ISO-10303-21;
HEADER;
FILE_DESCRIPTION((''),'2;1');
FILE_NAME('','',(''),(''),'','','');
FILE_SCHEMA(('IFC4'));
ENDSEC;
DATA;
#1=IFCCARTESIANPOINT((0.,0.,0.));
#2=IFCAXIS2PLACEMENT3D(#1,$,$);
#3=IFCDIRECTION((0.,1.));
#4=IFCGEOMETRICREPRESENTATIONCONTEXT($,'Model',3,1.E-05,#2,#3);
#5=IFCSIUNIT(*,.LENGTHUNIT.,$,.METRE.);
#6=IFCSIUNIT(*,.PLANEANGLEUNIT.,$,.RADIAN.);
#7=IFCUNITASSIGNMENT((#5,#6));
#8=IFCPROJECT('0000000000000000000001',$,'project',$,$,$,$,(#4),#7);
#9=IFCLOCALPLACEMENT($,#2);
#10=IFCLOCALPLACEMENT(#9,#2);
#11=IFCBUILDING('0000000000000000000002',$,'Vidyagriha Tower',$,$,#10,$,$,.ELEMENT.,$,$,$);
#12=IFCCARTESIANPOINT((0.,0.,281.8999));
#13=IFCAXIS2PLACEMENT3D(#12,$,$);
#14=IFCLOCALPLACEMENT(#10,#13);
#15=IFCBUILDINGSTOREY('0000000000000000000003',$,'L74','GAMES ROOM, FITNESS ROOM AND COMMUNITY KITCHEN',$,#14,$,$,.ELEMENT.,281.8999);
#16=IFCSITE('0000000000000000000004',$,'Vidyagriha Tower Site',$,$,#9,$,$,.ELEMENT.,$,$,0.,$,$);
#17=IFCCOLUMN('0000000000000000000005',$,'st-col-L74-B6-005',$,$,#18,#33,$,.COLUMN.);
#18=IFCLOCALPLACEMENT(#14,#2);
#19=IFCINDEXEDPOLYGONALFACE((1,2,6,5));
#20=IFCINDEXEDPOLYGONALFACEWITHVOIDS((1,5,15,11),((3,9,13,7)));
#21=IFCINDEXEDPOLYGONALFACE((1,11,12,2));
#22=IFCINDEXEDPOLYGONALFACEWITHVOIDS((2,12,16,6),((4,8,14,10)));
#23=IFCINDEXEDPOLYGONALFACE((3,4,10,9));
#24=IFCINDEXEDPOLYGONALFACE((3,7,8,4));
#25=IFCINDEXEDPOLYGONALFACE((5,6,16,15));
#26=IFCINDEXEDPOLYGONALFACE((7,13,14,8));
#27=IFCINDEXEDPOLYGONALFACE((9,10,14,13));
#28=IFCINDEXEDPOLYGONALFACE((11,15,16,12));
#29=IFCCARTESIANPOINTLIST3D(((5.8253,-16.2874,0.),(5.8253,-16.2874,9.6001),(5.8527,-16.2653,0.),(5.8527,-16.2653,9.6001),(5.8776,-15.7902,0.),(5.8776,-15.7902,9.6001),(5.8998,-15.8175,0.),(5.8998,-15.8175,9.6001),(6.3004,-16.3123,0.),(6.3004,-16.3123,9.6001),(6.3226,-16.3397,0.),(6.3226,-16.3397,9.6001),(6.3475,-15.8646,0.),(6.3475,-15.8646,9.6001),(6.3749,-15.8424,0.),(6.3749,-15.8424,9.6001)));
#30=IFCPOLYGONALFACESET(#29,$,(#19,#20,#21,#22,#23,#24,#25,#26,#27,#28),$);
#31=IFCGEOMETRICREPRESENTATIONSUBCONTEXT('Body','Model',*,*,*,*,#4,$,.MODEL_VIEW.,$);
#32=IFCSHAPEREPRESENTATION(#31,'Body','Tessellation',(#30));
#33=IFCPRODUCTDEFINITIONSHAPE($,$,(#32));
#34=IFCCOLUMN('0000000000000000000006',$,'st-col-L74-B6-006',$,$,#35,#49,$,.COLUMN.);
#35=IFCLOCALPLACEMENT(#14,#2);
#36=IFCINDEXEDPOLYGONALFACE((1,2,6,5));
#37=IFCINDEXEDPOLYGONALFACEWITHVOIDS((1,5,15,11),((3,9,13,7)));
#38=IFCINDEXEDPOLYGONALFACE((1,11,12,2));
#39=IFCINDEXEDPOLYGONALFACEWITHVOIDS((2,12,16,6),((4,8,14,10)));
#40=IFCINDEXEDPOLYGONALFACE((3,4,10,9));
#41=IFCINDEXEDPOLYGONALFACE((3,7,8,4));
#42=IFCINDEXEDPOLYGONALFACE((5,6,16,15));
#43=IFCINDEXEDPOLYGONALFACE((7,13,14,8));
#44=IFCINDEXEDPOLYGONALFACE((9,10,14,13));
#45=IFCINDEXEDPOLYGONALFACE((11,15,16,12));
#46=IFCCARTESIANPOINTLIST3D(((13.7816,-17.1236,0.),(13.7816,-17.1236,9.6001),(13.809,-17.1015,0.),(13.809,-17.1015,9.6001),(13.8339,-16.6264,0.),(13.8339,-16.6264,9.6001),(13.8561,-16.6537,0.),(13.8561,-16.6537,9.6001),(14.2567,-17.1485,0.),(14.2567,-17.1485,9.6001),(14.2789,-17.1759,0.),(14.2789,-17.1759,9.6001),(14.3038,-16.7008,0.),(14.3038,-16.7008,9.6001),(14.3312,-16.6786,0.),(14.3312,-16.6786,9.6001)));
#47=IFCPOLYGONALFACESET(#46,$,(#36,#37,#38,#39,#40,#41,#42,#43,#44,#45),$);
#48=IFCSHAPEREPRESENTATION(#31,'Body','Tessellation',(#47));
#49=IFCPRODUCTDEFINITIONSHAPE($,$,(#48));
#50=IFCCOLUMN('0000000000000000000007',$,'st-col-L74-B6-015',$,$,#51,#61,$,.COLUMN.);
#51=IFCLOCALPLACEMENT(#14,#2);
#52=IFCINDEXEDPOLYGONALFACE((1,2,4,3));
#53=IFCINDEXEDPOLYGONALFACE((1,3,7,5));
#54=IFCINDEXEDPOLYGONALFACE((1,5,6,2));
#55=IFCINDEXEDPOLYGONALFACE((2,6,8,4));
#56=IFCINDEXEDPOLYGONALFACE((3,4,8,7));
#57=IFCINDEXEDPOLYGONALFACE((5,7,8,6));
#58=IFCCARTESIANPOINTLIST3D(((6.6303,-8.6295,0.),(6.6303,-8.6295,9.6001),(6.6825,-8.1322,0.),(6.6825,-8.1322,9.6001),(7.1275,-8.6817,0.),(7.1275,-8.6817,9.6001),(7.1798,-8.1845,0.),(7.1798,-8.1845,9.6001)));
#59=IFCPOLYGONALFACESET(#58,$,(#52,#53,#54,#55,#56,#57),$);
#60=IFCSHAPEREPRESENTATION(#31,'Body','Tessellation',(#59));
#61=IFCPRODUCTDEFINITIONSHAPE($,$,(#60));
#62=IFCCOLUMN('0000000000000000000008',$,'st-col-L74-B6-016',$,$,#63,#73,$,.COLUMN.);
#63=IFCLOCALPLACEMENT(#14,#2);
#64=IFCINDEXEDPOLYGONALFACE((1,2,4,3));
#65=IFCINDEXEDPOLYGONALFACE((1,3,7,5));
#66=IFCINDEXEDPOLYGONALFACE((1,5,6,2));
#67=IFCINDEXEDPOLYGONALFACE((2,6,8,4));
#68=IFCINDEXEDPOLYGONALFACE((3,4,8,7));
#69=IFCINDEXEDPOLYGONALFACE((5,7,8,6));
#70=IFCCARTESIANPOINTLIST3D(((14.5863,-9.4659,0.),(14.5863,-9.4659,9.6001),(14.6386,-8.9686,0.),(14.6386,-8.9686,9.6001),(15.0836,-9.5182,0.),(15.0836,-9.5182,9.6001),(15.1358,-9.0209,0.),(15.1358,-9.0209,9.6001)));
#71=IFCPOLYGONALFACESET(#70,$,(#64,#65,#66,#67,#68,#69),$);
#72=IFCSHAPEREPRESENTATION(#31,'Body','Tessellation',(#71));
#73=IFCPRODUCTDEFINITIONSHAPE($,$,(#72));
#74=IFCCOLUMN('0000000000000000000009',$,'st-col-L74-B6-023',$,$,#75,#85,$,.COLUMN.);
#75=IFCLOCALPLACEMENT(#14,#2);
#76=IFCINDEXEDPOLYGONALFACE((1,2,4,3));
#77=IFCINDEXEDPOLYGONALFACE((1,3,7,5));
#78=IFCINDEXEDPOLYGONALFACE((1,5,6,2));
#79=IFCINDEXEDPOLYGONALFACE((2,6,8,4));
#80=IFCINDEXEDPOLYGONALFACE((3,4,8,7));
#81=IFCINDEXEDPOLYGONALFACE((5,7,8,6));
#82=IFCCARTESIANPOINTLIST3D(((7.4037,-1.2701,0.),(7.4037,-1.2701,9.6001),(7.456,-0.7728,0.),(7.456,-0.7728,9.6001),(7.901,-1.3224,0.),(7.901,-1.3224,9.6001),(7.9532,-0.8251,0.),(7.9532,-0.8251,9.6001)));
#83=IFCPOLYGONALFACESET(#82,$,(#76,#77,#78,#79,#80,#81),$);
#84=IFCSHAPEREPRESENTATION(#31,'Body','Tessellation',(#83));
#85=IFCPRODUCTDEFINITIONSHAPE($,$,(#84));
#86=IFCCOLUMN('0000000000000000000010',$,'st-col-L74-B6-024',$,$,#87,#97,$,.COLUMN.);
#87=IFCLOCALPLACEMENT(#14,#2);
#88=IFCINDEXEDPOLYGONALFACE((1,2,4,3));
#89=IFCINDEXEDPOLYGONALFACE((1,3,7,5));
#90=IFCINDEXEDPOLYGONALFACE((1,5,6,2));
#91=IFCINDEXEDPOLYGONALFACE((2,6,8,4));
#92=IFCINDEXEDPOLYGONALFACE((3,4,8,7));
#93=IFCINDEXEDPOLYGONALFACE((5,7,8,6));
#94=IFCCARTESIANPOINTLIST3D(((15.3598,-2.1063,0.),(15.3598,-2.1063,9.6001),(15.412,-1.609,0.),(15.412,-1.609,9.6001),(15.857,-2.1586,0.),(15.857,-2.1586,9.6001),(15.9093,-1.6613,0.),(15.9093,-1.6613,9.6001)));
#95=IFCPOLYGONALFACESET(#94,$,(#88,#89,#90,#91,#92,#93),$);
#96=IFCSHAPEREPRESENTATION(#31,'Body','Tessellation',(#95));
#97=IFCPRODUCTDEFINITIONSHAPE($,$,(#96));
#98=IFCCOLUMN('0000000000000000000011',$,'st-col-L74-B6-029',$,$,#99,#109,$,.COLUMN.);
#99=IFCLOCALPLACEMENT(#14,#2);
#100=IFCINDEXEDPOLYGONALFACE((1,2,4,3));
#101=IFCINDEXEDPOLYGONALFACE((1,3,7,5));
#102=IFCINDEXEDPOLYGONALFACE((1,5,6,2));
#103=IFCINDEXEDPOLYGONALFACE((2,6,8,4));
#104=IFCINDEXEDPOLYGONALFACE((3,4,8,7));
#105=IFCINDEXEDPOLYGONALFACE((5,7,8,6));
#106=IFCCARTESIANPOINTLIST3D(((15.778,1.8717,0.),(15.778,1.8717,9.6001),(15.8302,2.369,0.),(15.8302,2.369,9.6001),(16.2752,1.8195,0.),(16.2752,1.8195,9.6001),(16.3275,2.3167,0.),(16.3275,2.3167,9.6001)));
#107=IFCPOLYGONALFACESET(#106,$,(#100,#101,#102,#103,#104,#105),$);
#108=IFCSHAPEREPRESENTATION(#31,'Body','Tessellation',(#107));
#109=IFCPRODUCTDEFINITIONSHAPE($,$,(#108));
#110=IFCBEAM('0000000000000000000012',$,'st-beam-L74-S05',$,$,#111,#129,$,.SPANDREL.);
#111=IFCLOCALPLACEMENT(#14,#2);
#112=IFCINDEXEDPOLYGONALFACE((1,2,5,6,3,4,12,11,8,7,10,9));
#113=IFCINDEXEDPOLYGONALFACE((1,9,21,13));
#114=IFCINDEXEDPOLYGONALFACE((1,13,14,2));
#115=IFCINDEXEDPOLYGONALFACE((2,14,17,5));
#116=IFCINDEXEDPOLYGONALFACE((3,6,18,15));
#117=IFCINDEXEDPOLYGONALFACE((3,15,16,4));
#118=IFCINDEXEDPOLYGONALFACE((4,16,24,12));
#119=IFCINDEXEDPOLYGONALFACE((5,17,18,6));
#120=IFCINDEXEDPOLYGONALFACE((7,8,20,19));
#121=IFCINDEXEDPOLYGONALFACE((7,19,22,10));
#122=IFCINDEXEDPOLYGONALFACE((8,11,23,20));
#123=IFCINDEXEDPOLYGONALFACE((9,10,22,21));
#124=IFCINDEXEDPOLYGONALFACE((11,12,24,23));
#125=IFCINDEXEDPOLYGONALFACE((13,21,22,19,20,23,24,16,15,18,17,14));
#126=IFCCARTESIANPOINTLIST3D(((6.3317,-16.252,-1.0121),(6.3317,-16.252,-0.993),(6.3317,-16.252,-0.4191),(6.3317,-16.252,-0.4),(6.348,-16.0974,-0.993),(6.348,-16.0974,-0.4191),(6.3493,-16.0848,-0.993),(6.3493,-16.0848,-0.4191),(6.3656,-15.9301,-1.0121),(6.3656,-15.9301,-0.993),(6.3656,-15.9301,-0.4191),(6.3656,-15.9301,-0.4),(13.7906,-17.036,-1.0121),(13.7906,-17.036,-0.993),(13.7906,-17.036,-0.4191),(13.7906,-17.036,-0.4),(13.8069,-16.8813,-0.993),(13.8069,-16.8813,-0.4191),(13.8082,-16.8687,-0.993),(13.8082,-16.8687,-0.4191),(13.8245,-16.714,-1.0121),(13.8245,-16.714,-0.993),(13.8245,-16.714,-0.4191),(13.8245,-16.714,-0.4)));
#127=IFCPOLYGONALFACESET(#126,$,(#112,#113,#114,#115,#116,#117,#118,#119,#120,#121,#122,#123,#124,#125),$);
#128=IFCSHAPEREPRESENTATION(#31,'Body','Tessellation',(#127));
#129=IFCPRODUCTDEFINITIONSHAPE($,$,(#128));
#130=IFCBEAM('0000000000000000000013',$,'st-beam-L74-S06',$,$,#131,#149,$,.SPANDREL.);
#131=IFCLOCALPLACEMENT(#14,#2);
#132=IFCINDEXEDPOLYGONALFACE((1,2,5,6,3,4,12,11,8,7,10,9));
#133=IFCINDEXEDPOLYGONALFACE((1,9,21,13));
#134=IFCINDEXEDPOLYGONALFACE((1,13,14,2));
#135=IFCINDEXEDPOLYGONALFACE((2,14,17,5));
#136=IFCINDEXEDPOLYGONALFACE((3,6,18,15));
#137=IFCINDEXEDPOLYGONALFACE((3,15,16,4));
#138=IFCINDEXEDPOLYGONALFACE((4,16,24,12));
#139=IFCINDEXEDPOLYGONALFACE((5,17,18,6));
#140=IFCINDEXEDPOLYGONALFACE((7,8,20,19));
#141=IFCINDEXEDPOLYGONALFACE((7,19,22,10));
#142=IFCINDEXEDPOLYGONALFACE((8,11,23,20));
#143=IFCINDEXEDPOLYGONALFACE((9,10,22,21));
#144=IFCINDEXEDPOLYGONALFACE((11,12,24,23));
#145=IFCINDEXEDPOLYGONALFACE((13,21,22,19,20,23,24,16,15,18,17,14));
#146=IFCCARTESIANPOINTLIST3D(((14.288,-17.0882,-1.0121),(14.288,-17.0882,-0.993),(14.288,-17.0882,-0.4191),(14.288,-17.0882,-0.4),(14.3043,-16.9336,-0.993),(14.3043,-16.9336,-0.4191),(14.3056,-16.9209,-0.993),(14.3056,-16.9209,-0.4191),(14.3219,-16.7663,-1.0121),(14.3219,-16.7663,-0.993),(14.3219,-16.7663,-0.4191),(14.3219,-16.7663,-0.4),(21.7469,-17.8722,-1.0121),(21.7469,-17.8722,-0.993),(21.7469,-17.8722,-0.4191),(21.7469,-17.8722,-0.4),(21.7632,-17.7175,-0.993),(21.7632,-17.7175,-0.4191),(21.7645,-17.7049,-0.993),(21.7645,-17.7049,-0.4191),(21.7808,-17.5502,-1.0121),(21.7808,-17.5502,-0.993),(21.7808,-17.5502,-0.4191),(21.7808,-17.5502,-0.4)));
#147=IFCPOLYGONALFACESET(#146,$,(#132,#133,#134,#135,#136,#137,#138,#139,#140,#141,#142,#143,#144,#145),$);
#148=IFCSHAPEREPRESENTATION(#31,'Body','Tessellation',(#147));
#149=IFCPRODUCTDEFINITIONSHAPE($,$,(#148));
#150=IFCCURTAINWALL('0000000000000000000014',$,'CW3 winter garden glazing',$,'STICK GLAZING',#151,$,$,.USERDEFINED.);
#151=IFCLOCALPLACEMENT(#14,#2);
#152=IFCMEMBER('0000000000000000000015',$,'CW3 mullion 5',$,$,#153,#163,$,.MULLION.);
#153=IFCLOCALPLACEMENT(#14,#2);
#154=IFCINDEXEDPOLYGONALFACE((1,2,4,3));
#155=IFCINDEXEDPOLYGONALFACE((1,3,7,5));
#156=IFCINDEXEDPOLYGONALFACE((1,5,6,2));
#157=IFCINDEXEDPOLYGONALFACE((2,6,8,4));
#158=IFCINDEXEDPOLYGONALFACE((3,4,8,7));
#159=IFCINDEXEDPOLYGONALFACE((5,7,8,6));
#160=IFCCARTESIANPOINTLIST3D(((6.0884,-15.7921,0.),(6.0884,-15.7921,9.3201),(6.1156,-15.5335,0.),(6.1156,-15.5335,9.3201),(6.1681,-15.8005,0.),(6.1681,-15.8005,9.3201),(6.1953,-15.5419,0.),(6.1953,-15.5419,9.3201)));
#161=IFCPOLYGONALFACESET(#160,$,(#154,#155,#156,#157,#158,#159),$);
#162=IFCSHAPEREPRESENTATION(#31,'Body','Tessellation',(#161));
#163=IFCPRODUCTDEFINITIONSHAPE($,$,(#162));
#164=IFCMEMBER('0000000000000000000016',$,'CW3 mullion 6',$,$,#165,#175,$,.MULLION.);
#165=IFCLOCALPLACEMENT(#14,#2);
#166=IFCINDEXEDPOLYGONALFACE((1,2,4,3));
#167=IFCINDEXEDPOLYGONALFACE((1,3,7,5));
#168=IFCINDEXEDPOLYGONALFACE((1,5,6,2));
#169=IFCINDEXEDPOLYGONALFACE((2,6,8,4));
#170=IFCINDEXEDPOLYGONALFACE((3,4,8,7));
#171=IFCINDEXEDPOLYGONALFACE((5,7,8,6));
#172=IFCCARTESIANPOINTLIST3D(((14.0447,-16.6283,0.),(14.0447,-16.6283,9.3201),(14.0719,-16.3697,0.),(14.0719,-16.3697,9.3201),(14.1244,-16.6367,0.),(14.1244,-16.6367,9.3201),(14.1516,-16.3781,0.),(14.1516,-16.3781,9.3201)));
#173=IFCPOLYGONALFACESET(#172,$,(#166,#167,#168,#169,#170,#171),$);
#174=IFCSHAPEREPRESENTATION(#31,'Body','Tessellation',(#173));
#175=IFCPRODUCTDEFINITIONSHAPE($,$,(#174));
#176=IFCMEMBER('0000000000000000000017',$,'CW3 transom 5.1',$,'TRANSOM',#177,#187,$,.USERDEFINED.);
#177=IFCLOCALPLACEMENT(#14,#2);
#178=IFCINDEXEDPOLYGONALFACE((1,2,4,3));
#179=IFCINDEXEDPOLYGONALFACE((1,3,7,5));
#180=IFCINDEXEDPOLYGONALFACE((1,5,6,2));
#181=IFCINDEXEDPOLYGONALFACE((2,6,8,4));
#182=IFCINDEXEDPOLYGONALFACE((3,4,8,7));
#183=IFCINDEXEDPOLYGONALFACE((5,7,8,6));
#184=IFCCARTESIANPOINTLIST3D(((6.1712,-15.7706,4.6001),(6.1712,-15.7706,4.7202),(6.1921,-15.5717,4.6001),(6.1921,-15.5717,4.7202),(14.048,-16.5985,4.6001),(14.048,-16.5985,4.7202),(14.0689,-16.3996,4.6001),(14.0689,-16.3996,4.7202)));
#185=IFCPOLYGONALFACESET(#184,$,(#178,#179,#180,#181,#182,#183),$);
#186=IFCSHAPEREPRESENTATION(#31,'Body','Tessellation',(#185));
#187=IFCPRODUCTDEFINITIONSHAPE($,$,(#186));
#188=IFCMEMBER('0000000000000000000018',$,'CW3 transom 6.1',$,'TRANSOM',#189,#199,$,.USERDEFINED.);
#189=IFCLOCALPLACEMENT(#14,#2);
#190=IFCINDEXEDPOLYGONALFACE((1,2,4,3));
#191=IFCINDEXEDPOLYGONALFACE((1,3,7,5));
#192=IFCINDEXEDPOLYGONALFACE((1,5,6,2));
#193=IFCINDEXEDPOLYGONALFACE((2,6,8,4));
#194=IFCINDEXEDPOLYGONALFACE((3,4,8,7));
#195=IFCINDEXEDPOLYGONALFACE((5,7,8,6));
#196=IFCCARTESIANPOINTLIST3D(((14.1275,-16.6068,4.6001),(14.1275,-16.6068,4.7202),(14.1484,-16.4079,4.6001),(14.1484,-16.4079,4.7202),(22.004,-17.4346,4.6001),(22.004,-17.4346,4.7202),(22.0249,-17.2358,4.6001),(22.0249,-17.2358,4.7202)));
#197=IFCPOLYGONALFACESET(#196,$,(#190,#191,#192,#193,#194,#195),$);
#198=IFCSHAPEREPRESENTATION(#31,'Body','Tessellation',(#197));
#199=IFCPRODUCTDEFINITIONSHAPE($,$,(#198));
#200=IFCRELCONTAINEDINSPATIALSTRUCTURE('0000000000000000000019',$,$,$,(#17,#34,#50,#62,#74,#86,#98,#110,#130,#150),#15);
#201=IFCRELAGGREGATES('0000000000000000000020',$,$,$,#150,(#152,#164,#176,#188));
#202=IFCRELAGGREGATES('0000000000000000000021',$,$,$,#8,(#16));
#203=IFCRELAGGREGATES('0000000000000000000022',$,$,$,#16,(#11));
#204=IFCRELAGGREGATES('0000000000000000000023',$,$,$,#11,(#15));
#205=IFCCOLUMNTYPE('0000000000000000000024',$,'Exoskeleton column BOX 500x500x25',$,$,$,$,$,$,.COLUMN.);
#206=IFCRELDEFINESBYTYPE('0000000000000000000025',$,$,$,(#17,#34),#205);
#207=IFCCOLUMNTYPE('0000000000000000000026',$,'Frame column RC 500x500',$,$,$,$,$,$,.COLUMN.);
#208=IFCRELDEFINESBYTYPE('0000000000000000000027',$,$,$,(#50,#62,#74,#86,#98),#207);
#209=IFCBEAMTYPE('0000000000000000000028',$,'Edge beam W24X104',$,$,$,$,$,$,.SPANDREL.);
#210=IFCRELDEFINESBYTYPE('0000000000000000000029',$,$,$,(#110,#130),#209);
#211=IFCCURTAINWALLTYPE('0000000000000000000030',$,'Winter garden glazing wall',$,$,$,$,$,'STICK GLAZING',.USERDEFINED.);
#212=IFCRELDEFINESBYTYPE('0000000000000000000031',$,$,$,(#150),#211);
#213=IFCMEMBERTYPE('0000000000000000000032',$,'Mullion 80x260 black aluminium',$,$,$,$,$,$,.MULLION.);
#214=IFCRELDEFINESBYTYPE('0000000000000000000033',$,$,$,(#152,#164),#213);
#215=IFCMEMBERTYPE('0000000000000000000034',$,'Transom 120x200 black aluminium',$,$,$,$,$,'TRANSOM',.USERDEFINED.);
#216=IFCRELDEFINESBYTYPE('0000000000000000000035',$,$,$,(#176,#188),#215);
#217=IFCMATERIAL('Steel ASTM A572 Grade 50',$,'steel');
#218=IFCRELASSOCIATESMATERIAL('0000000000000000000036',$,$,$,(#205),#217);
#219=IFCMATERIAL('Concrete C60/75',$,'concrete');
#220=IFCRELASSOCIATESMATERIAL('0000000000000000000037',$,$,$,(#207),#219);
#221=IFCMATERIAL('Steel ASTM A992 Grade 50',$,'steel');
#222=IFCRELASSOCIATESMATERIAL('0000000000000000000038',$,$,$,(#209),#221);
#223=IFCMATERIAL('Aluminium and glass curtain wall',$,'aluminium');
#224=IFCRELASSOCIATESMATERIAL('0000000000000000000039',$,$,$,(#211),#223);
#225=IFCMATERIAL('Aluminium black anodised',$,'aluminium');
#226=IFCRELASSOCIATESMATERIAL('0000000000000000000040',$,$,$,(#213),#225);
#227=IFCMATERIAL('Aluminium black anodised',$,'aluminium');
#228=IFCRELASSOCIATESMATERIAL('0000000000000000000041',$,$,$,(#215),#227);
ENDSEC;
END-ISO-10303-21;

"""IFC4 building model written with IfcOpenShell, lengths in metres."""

from ifc_helpers import new_model, si_unit, direction, frame, origin, origin_2d, place, context, subcontext, project, spatial, rectangle, hollow_rectangle, i_section, extrude, material, material_profile, profile_set, type_object, element, aggregate, save


model = new_model("IFC4")

# Units and contexts
model_context = context("Model", 3, precision=1e-05, world=origin(), true_north=direction((0.0, 1.0)))
body_context = subcontext(model_context, "Body", "Model", "MODEL_VIEW")
ifc_project = project(units=[si_unit("LENGTHUNIT", "METRE"), si_unit("PLANEANGLEUNIT", "RADIAN")], contexts=[model_context])

# Site, building, storey
site_placement = place(None, origin())
site = spatial("IfcSite", under=ifc_project, at=site_placement, Name="Vidyagriha Tower Site", CompositionType="ELEMENT", RefElevation=0.0)
building_placement = place(site_placement, origin())
building = spatial("IfcBuilding", under=site, at=building_placement, Name="Vidyagriha Tower", CompositionType="ELEMENT")
storey_placement = place(building_placement, frame((0.0, 0.0, 281.8999)))
storey = spatial("IfcBuildingStorey", under=building, at=storey_placement, Name="L74", Description="GAMES ROOM, FITNESS ROOM AND COMMUNITY KITCHEN", CompositionType="ELEMENT", Elevation=281.8999)

# Columns
ifc_material_1 = material(Name="Steel ASTM A572 Grade 50", Category="steel")
ifc_material_profile_1 = material_profile(ifc_material_1, hollow_rectangle(XDim=0.5, YDim=0.5, WallThickness=0.0249, at=origin_2d()), Name="BOX 500x500x25")
ifc_profile_set_1 = profile_set([ifc_material_profile_1], Name="Steel ASTM A572 Grade 50")
column_type_1 = type_object("IfcColumnType", Name="Exoskeleton column BOX 500x500x25", PredefinedType="COLUMN", material=ifc_profile_set_1)
for number, where, z_axis, x_axis, name in (
    (1, (6.1001, -16.0649, 0.0), (0.0, 0.0, 1.0), (0.994522, -0.104528, 0.0), "st-col-L74-B6-005"),
    (2, (14.0564, -16.9011, 0.0), (0.0, 0.0, 1.0), (0.994522, -0.104528, 0.0), "st-col-L74-B6-006"),
):
    element("IfcColumn", number, at=place(storey_placement, frame(where, z_axis=z_axis, x_axis=x_axis)), inside=storey, type_object=column_type_1, Name=name, PredefinedType="COLUMN", context=body_context, shape_type="SweptSolid", body=[
        extrude(hollow_rectangle(XDim=0.5, YDim=0.5, WallThickness=0.0249, at=origin_2d()), origin(), (0.0, 0.0, 1.0), 9.6001),
    ])
ifc_material_2 = material(Name="Concrete C60/75", Category="concrete")
ifc_material_profile_2 = material_profile(ifc_material_2, rectangle(XDim=0.5, YDim=0.5, at=origin_2d()), Name="RC 500x500")
ifc_profile_set_2 = profile_set([ifc_material_profile_2], Name="Concrete C60/75")
column_type_2 = type_object("IfcColumnType", Name="Frame column RC 500x500", PredefinedType="COLUMN", material=ifc_profile_set_2)
for number, where, z_axis, x_axis, name in (
    (3, (6.905, -8.407, 0.0), (0.0, 0.0, 1.0), (0.994522, -0.104528, 0.0), "st-col-L74-B6-015"),
    (4, (14.8611, -9.2434, 0.0), (0.0, 0.0, 1.0), (0.994522, -0.104528, 0.0), "st-col-L74-B6-016"),
    (5, (7.6785, -1.0476, 0.0), (0.0, 0.0, 1.0), (0.994522, -0.104528, 0.0), "st-col-L74-B6-023"),
    (6, (15.6345, -1.8838, 0.0), (0.0, 0.0, 1.0), (0.994522, -0.104528, 0.0), "st-col-L74-B6-024"),
    (7, (16.0527, 2.0942, 0.0), (0.0, 0.0, 1.0), (0.994522, -0.104528, 0.0), "st-col-L74-B6-029"),
):
    element("IfcColumn", number, at=place(storey_placement, frame(where, z_axis=z_axis, x_axis=x_axis)), inside=storey, type_object=column_type_2, Name=name, PredefinedType="COLUMN", context=body_context, shape_type="SweptSolid", body=[
        extrude(rectangle(XDim=0.5, YDim=0.5, at=origin_2d()), origin(), (0.0, 0.0, 1.0), 9.6001),
    ])

# Beams
ifc_material_3 = material(Name="Steel ASTM A992 Grade 50", Category="steel")
ifc_material_profile_3 = material_profile(ifc_material_3, i_section(OverallWidth=0.3237, OverallDepth=0.6121, WebThickness=0.0127, FlangeThickness=0.019, at=origin_2d()), Name="W24X104")
ifc_profile_set_3 = profile_set([ifc_material_profile_3], Name="Steel ASTM A992 Grade 50")
beam_type = type_object("IfcBeamType", Name="Edge beam W24X104", PredefinedType="SPANDREL", material=ifc_profile_set_3)
for number, where, z_axis, x_axis, name in (
    (8, (6.3486, -16.0911, -0.7061), (0.994522, -0.104524, 0.0), (0.104524, 0.994522, 0.0), "st-beam-L74-S05"),
    (9, (14.3049, -16.9272, -0.7061), (0.994522, -0.104524, 0.0), (0.104524, 0.994522, 0.0), "st-beam-L74-S06"),
):
    element("IfcBeam", number, at=place(storey_placement, frame(where, z_axis=z_axis, x_axis=x_axis)), inside=storey, type_object=beam_type, Name=name, PredefinedType="SPANDREL", context=body_context, shape_type="SweptSolid", body=[
        extrude(i_section(OverallWidth=0.3237, OverallDepth=0.6121, WebThickness=0.0127, FlangeThickness=0.019, at=origin_2d()), origin(), (0.0, 0.0, 1.0), 7.5),
    ])

# Curtain wall, members
ifc_material_4 = material(Name="Aluminium and glass curtain wall", Category="aluminium")
curtain_wall_type = type_object("IfcCurtainWallType", Name="Winter garden glazing wall", ElementType="STICK GLAZING", PredefinedType="USERDEFINED", material=ifc_material_4)
curtain_wall_placement = place(storey_placement, origin())
curtain_wall = element("IfcCurtainWall", 10, at=curtain_wall_placement, inside=storey, type_object=curtain_wall_type, Name="CW3 winter garden glazing", ObjectType="STICK GLAZING", PredefinedType="USERDEFINED")
ifc_material_5 = material(Name="Aluminium black anodised", Category="aluminium")
ifc_material_profile_4 = material_profile(ifc_material_5, rectangle(XDim=0.26, YDim=0.0801, at=origin_2d()), Name="Mullion 80x260 black aluminium")
ifc_profile_set_4 = profile_set([ifc_material_profile_4], Name="Aluminium black anodised")
member_type_1 = type_object("IfcMemberType", Name="Mullion 80x260 black aluminium", PredefinedType="MULLION", material=ifc_profile_set_4)
member_1_placement = place(storey_placement, frame((6.1418, -15.667, 0.0), z_axis=(0.0, 0.0, 1.0), x_axis=(0.104528, 0.994522, 0.0)))
member_1 = element("IfcMember", 11, at=member_1_placement, type_object=member_type_1, Name="CW3 mullion 5", PredefinedType="MULLION", context=body_context, shape_type="SweptSolid", body=[
    extrude(rectangle(XDim=0.26, YDim=0.0801, at=origin_2d()), origin(), (0.0, 0.0, 1.0), 9.3201),
])
member_2_placement = place(storey_placement, frame((14.0981, -16.5032, 0.0), z_axis=(0.0, 0.0, 1.0), x_axis=(0.104528, 0.994522, 0.0)))
member_2 = element("IfcMember", 12, at=member_2_placement, type_object=member_type_1, Name="CW3 mullion 6", PredefinedType="MULLION", context=body_context, shape_type="SweptSolid", body=[
    extrude(rectangle(XDim=0.26, YDim=0.0801, at=origin_2d()), origin(), (0.0, 0.0, 1.0), 9.3201),
])
ifc_material_6 = material(Name="Aluminium black anodised", Category="aluminium")
ifc_material_profile_5 = material_profile(ifc_material_6, rectangle(XDim=0.2, YDim=0.1201, at=origin_2d()), Name="Transom 120x200 black aluminium")
ifc_profile_set_5 = profile_set([ifc_material_profile_5], Name="Aluminium black anodised")
member_type_2 = type_object("IfcMemberType", Name="Transom 120x200 black aluminium", ElementType="TRANSOM", PredefinedType="USERDEFINED", material=ifc_profile_set_5)
member_3_placement = place(storey_placement, frame((6.1816, -15.6711, 4.6602), z_axis=(0.994522, -0.104529, 0.0), x_axis=(0.104529, 0.994522, 0.0)))
member_3 = element("IfcMember", 13, at=member_3_placement, type_object=member_type_2, Name="CW3 transom 5.1", ObjectType="TRANSOM", PredefinedType="USERDEFINED", context=body_context, shape_type="SweptSolid", body=[
    extrude(rectangle(XDim=0.2, YDim=0.1201, at=origin_2d()), origin(), (0.0, 0.0, 1.0), 7.9202),
])
member_4_placement = place(storey_placement, frame((14.1379, -16.5073, 4.6602), z_axis=(0.994521, -0.104532, 0.0), x_axis=(0.104532, 0.994521, 0.0)))
member_4 = element("IfcMember", 14, at=member_4_placement, type_object=member_type_2, Name="CW3 transom 6.1", ObjectType="TRANSOM", PredefinedType="USERDEFINED", context=body_context, shape_type="SweptSolid", body=[
    extrude(rectangle(XDim=0.2, YDim=0.1201, at=origin_2d()), origin(), (0.0, 0.0, 1.0), 7.9199),
])

aggregate(curtain_wall, [member_1, member_2, member_3, member_4])

save(model, "model.ifc")
